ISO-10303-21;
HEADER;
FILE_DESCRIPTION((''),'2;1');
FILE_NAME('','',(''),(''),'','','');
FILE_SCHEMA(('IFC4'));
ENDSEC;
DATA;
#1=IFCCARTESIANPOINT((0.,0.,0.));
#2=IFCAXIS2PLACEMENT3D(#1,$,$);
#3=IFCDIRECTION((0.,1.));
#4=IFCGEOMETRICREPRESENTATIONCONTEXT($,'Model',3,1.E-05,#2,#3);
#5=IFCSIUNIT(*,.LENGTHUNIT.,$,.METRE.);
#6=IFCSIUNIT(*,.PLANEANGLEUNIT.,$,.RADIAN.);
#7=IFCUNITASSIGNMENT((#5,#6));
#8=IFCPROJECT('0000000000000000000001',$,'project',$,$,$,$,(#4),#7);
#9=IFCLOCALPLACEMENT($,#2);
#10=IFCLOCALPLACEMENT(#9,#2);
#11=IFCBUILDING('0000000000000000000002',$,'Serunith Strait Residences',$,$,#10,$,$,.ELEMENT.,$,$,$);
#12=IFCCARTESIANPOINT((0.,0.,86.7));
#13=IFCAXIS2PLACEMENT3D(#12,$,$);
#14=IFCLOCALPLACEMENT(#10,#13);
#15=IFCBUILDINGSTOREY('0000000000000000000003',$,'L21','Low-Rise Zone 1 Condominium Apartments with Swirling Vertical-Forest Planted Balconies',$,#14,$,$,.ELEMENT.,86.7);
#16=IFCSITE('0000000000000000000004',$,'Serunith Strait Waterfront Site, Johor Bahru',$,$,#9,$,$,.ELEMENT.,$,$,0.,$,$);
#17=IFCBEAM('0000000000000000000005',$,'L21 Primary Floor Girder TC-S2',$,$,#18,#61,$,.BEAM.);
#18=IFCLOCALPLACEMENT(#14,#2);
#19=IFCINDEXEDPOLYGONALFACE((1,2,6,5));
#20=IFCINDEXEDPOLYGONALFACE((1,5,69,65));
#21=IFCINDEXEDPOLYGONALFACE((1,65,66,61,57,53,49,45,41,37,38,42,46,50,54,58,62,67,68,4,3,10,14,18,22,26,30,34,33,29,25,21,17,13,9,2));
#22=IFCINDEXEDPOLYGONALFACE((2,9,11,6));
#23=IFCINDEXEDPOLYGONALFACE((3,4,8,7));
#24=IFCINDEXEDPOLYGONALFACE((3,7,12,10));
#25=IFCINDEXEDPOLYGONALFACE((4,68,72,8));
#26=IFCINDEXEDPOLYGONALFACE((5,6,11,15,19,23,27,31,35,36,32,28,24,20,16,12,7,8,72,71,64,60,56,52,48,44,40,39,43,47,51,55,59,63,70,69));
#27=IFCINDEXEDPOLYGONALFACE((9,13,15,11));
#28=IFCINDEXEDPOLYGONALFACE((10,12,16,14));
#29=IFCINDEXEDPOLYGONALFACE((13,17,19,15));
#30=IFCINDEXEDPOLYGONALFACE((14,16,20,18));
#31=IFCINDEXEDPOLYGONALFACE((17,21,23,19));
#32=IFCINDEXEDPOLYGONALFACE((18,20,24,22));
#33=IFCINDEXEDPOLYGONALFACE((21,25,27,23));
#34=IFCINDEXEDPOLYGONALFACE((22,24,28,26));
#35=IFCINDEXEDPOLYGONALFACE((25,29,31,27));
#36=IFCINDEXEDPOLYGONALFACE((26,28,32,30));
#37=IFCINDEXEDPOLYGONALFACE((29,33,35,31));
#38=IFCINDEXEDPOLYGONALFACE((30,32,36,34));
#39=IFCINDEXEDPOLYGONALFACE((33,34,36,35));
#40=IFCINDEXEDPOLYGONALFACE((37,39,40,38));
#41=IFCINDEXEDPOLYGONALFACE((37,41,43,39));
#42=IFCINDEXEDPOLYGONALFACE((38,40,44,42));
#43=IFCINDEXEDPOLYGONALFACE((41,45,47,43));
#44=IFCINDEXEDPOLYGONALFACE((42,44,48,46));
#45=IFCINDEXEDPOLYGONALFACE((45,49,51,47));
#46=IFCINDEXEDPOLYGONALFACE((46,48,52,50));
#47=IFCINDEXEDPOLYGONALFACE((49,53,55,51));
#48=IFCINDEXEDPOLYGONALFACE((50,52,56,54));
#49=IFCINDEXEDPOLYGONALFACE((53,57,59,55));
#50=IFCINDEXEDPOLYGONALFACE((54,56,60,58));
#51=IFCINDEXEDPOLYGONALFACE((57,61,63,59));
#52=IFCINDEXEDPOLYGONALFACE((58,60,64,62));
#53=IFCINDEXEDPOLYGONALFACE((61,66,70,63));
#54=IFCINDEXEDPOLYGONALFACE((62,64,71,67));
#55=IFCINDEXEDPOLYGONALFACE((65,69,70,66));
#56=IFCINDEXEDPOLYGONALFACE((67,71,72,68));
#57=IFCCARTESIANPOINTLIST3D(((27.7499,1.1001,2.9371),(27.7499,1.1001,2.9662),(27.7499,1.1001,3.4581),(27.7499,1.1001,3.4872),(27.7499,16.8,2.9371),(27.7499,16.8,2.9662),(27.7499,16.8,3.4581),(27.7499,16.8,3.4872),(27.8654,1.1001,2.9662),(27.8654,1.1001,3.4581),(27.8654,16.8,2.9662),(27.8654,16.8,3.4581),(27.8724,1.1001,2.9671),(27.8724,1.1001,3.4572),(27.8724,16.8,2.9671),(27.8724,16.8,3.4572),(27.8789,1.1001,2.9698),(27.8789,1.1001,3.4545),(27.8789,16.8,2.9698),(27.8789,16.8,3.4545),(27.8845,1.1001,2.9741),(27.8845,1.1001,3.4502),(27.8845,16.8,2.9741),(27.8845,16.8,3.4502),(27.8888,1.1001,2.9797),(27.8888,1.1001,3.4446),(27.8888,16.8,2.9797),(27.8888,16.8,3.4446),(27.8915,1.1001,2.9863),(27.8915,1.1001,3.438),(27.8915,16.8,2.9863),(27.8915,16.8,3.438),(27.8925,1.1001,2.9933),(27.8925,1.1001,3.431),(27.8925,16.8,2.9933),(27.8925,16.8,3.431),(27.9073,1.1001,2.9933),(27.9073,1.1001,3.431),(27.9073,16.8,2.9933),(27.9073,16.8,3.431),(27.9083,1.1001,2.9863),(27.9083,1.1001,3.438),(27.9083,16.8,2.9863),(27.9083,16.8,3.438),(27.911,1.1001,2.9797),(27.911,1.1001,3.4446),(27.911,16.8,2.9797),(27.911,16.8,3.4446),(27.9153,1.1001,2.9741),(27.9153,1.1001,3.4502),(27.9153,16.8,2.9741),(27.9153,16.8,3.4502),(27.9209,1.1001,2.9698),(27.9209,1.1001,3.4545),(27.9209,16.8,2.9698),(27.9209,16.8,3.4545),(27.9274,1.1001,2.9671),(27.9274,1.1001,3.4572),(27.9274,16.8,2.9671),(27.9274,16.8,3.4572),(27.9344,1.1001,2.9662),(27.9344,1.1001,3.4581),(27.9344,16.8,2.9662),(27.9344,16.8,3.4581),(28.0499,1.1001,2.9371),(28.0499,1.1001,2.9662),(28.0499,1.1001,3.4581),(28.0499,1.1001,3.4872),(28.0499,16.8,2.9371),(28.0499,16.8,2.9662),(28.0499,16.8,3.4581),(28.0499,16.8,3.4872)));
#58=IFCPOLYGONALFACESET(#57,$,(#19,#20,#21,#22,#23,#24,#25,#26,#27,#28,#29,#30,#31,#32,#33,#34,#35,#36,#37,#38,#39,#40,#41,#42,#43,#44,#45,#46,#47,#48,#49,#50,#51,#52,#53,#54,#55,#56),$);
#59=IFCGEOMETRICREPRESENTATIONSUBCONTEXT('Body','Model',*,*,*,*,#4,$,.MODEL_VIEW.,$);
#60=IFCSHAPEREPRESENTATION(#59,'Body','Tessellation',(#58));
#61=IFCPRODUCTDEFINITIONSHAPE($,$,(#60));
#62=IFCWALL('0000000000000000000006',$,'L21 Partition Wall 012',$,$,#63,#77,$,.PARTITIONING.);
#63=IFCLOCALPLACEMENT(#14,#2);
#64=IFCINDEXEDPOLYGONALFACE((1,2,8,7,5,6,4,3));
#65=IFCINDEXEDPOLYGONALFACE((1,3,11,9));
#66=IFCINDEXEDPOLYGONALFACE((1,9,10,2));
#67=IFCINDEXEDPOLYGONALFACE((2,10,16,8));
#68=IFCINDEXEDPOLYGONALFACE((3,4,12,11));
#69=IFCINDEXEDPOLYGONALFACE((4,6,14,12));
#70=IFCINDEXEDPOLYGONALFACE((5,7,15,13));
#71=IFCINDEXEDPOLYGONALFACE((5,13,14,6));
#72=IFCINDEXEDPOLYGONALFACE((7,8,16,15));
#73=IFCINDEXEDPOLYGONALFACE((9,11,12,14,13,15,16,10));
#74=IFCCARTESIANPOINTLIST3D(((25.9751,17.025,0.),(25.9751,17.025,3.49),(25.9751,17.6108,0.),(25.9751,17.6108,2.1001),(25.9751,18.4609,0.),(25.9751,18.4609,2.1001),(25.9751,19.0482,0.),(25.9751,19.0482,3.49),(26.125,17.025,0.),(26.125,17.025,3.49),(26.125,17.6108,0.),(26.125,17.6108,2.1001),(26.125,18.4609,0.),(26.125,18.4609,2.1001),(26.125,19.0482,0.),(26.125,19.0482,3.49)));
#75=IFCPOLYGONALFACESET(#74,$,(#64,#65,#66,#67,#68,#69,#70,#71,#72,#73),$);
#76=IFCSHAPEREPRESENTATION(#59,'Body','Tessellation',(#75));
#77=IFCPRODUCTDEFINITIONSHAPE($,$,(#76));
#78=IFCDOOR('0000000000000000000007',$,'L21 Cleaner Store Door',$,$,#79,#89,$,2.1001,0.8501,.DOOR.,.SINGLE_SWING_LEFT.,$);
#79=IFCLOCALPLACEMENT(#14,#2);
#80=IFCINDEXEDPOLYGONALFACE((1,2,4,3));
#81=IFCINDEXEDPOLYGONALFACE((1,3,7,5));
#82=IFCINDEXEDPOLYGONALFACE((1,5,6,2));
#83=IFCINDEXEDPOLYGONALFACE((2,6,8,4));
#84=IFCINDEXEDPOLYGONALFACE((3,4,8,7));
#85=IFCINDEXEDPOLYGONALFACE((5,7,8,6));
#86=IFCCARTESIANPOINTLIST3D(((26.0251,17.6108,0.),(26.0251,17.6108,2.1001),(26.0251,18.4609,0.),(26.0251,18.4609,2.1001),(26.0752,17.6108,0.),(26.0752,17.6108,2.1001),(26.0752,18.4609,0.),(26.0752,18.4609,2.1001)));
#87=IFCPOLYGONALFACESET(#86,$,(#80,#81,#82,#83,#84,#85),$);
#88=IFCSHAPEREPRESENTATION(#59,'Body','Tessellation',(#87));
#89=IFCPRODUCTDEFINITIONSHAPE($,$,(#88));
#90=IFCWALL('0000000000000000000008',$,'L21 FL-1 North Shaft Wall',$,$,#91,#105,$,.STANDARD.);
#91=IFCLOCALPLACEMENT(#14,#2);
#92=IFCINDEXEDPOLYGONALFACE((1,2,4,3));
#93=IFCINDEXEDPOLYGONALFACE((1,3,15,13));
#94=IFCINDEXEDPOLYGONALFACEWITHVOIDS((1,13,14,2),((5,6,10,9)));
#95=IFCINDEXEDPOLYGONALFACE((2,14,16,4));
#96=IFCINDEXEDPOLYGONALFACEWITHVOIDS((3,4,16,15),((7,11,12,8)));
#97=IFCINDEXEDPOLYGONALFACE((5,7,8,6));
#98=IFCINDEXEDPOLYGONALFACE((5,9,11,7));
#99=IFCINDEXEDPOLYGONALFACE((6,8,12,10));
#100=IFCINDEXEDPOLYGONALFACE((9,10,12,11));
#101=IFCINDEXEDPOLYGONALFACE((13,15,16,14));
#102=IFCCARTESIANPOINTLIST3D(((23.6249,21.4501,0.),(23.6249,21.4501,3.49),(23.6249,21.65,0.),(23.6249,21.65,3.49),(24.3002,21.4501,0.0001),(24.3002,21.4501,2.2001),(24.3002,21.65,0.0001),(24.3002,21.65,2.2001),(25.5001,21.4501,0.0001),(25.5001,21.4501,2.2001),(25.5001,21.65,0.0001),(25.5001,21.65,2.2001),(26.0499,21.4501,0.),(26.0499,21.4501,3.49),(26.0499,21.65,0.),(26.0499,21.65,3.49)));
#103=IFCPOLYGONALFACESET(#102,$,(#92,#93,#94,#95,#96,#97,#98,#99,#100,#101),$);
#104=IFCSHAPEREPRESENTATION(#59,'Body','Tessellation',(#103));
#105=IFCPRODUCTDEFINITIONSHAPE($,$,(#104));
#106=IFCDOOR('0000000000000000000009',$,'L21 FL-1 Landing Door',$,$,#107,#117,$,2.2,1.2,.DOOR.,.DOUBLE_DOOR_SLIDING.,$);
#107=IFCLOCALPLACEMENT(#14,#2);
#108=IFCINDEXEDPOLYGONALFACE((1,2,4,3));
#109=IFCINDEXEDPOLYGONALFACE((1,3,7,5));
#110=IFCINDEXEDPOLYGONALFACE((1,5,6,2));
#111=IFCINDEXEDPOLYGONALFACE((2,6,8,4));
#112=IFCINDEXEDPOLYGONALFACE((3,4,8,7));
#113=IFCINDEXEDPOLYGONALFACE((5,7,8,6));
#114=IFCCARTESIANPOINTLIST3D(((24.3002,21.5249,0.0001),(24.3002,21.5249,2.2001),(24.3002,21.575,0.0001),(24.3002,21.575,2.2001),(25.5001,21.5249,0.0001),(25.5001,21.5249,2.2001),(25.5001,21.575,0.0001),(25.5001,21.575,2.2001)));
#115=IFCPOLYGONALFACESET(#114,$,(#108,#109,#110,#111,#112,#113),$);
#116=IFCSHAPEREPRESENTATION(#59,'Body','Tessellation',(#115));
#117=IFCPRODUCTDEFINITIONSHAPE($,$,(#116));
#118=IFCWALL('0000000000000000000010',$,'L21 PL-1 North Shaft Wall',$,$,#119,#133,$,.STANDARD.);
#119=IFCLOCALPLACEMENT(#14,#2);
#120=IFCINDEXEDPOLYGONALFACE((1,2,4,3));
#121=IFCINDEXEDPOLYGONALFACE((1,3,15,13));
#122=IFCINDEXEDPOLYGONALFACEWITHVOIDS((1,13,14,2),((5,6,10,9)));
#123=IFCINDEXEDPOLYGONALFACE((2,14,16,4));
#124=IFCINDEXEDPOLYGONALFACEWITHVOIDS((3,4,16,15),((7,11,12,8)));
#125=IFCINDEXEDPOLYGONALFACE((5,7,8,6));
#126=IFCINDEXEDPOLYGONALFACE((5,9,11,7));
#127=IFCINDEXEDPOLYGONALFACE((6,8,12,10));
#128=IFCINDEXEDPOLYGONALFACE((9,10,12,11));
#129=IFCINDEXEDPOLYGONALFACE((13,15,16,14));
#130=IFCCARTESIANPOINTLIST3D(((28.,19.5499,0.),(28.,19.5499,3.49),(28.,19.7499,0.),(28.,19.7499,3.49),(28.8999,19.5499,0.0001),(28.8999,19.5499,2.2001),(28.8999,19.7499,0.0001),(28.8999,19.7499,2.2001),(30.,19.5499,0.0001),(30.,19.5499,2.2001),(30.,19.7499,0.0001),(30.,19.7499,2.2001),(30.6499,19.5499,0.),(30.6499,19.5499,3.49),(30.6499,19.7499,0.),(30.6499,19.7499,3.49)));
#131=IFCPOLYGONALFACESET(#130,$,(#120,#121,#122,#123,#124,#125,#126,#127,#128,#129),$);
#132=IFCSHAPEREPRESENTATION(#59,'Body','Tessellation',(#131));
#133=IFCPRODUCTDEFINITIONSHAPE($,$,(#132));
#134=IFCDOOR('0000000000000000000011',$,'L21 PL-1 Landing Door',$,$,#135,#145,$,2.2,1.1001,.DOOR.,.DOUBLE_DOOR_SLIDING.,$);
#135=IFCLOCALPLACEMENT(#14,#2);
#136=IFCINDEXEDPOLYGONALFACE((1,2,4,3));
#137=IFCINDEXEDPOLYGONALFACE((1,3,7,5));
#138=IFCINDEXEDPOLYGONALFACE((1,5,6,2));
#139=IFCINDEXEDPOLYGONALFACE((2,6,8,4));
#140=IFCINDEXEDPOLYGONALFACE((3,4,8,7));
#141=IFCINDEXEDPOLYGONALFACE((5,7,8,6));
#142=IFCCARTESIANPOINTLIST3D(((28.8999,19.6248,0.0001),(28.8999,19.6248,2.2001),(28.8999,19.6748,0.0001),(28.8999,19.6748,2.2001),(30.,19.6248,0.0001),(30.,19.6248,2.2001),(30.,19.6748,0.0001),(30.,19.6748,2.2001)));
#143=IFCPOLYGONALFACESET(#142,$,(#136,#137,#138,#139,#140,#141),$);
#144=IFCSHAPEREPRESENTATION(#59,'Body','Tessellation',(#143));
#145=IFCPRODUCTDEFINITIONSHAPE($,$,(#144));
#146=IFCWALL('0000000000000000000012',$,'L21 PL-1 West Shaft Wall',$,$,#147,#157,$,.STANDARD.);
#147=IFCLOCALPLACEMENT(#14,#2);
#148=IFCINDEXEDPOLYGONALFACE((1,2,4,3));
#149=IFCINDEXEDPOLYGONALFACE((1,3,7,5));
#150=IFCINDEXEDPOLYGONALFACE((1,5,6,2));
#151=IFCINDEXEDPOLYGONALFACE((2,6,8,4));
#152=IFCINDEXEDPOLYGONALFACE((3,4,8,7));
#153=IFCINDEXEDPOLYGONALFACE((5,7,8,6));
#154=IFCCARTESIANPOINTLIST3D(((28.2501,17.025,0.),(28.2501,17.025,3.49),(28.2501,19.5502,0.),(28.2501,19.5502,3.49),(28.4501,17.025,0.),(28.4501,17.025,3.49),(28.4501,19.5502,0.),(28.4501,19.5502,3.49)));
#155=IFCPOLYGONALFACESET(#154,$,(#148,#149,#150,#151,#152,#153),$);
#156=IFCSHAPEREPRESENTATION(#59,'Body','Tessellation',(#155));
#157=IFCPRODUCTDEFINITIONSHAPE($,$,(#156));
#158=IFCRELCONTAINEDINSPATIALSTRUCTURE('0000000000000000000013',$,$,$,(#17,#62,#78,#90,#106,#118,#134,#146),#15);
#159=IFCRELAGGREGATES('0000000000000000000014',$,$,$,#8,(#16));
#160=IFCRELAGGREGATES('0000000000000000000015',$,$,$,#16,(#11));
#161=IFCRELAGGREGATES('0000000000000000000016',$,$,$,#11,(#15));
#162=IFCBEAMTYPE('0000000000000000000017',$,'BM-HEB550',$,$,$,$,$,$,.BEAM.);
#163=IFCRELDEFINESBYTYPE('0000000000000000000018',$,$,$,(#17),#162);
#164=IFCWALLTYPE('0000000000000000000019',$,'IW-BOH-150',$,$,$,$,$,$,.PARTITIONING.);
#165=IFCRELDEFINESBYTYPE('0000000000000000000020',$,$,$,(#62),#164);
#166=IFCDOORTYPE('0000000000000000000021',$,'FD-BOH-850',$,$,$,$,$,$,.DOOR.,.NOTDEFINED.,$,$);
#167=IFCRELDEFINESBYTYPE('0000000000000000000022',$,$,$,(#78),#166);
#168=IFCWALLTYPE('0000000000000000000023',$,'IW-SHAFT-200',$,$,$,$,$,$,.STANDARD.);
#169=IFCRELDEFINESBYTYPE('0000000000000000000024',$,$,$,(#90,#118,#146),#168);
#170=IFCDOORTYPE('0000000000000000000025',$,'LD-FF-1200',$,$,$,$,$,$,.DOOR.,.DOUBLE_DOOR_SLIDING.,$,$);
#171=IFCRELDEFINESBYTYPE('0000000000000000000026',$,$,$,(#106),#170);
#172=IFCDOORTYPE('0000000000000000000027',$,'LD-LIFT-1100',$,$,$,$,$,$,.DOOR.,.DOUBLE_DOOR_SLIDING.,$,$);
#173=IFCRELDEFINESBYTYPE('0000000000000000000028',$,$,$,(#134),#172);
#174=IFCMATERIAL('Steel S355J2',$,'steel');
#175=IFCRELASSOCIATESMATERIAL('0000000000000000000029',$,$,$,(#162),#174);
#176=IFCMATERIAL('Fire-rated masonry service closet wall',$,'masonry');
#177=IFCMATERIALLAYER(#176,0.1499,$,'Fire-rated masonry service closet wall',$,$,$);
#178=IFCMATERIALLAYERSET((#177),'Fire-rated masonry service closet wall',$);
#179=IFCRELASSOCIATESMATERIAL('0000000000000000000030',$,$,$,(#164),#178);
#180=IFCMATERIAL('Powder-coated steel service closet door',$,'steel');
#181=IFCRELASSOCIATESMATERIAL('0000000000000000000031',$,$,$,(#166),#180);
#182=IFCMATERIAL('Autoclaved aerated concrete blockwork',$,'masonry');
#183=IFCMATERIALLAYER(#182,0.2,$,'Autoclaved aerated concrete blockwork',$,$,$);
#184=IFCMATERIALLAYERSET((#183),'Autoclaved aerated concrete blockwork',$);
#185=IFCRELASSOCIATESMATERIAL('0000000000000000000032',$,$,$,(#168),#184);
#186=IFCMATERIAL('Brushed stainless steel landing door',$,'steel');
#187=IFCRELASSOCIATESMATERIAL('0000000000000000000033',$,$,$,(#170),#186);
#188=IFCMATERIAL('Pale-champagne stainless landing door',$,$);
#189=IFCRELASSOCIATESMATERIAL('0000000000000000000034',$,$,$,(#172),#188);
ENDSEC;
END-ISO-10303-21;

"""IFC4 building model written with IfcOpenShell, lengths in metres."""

from ifc_helpers import new_model, si_unit, direction, frame, frame_2d, origin, origin_2d, place, context, subcontext, project, spatial, rectangle, i_section, extrude, source, transform, mapped, material, layer, layer_set, material_profile, profile_set, type_object, element, fill, save


model = new_model("IFC4")

# Units and contexts
model_context = context("Model", 3, precision=1e-05, world=origin(), true_north=direction((0.0, 1.0)))
body_context = subcontext(model_context, "Body", "Model", "MODEL_VIEW")
ifc_project = project(units=[si_unit("LENGTHUNIT", "METRE"), si_unit("PLANEANGLEUNIT", "RADIAN")], contexts=[model_context])

# Site, building, storey
site_placement = place(None, origin())
site = spatial("IfcSite", under=ifc_project, at=site_placement, Name="Serunith Strait Waterfront Site, Johor Bahru", CompositionType="ELEMENT", RefElevation=0.0)
building_placement = place(site_placement, origin())
building = spatial("IfcBuilding", under=site, at=building_placement, Name="Serunith Strait Residences", CompositionType="ELEMENT")
storey_placement = place(building_placement, frame((0.0, 0.0, 86.7)))
storey = spatial("IfcBuildingStorey", under=building, at=storey_placement, Name="L21", Description="Low-Rise Zone 1 Condominium Apartments with Swirling Vertical-Forest Planted Balconies", CompositionType="ELEMENT", Elevation=86.7)

# Beam
ifc_material_1 = material(Name="Steel S355J2", Category="steel")
ifc_material_profile = material_profile(ifc_material_1, i_section(OverallWidth=0.3, OverallDepth=0.55, WebThickness=0.0149, FlangeThickness=0.0291, FilletRadius=0.0271, at=origin_2d()), Name="HEB 550")
ifc_profile_set = profile_set([ifc_material_profile], Name="Steel S355J2")
beam_type = type_object("IfcBeamType", Name="BM-HEB550", PredefinedType="BEAM", material=ifc_profile_set)
shared_shape_1 = source(origin(), body_context, "Body", "SweptSolid", [
    extrude(i_section(OverallWidth=0.3, OverallDepth=0.55, WebThickness=0.0149, FlangeThickness=0.0291, FilletRadius=0.0271, at=origin_2d()), origin(), (0.0, 0.0, 1.0), 15.7),
])
beam_placement = place(storey_placement, frame((27.8999, 16.8, 3.2122), z_axis=(0.0, -1.0, 0.0), x_axis=(1.0, 0.0, 0.0)))
element("IfcBeam", 1, at=beam_placement, inside=storey, type_object=beam_type, Name="L21 Primary Floor Girder TC-S2", PredefinedType="BEAM", context=body_context, shape_type="MappedRepresentation", body=[
    mapped(shared_shape_1, transform((0.0, 0.0, 0.0), scale=1.0)),
])

# Walls, openings, doors
ifc_material_2 = material(Name="Fire-rated masonry service closet wall", Category="masonry")
ifc_layer_1 = layer(ifc_material_2, 0.1499, Name="Fire-rated masonry service closet wall")
ifc_layer_set_1 = layer_set([ifc_layer_1], Name="Fire-rated masonry service closet wall")
wall_type_1 = type_object("IfcWallType", Name="IW-BOH-150", PredefinedType="PARTITIONING", material=ifc_layer_set_1)
wall_1_placement = place(storey_placement, frame((26.05, 17.0249, 0.0), z_axis=(0.0, 0.0, 1.0), x_axis=(0.0, 1.0, 0.0)))
wall_1 = element("IfcWall", 2, at=wall_1_placement, inside=storey, type_object=wall_type_1, Name="L21 Partition Wall 012", PredefinedType="PARTITIONING", context=body_context, shape_type="SweptSolid", body=[
    extrude(rectangle(XDim=2.0232, YDim=0.1499, at=frame_2d((1.0117, 0.0))), origin(), (0.0, 0.0, 1.0), 3.49),
])
opening_1_placement = place(wall_1_placement, frame((0.5859, 0.0, 0.0)))
opening_1 = element("IfcOpeningElement", 3, at=opening_1_placement, cuts=wall_1, PredefinedType="OPENING", context=body_context, shape_type="SweptSolid", body=[
    extrude(rectangle(XDim=0.8501, YDim=2.1001, at=frame_2d((0.425, 1.05))), frame((0.0, 0.085, 0.0), z_axis=(0.0, -1.0, 0.0), x_axis=(1.0, 0.0, 0.0)), (0.0, 0.0, 1.0), 0.1699),
])
ifc_material_3 = material(Name="Powder-coated steel service closet door", Category="steel")
door_type_1 = type_object("IfcDoorType", Name="FD-BOH-850", OperationType="NOTDEFINED", PredefinedType="DOOR", material=ifc_material_3)
shared_shape_2 = source(origin(), body_context, "Body", "SweptSolid", [
    extrude(rectangle(XDim=0.8501, YDim=2.1001, at=frame_2d((0.425, 1.05))), frame((0.0, 0.0249, 0.0), z_axis=(0.0, -1.0, 0.0), x_axis=(1.0, 0.0, 0.0)), (0.0, 0.0, 1.0), 0.05),
])
door_1_placement = place(opening_1_placement, origin())
door_1 = element("IfcDoor", 4, at=door_1_placement, inside=storey, type_object=door_type_1, Name="L21 Cleaner Store Door", OperationType="SINGLE_SWING_LEFT", OverallHeight=2.1001, OverallWidth=0.8501, PredefinedType="DOOR", context=body_context, shape_type="MappedRepresentation", body=[
    mapped(shared_shape_2, transform((0.0, 0.0, 0.0), scale=1.0)),
])
fill(opening_1, door_1)
ifc_material_4 = material(Name="Autoclaved aerated concrete blockwork", Category="masonry")
ifc_layer_2 = layer(ifc_material_4, 0.2, Name="Autoclaved aerated concrete blockwork")
ifc_layer_set_2 = layer_set([ifc_layer_2], Name="Autoclaved aerated concrete blockwork")
wall_type_2 = type_object("IfcWallType", Name="IW-SHAFT-200", PredefinedType="STANDARD", material=ifc_layer_set_2)
wall_2_placement = place(storey_placement, frame((23.625, 21.55, 0.0), z_axis=(0.0, 0.0, 1.0), x_axis=(1.0, 0.0, 0.0)))
wall_2 = element("IfcWall", 5, at=wall_2_placement, inside=storey, type_object=wall_type_2, Name="L21 FL-1 North Shaft Wall", PredefinedType="STANDARD", context=body_context, shape_type="SweptSolid", body=[
    extrude(rectangle(XDim=2.425, YDim=0.2, at=frame_2d((1.2124, 0.0))), origin(), (0.0, 0.0, 1.0), 3.49),
])
opening_2_placement = place(wall_2_placement, frame((0.675, 0.0, 0.0)))
opening_2 = element("IfcOpeningElement", 6, at=opening_2_placement, cuts=wall_2, PredefinedType="OPENING", context=body_context, shape_type="SweptSolid", body=[
    extrude(rectangle(XDim=1.2, YDim=2.2, at=frame_2d((0.6001, 1.1001))), frame((0.0, 0.1099, 0.0), z_axis=(0.0, -1.0, 0.0), x_axis=(1.0, 0.0, 0.0)), (0.0, 0.0, 1.0), 0.22),
])
ifc_material_5 = material(Name="Brushed stainless steel landing door", Category="steel")
door_type_2 = type_object("IfcDoorType", Name="LD-FF-1200", OperationType="DOUBLE_DOOR_SLIDING", PredefinedType="DOOR", material=ifc_material_5)
shared_shape_3 = source(origin(), body_context, "Body", "SweptSolid", [
    extrude(rectangle(XDim=1.2, YDim=2.2, at=frame_2d((0.6001, 1.1001))), frame((0.0, 0.0249, 0.0), z_axis=(0.0, -1.0, 0.0), x_axis=(1.0, 0.0, 0.0)), (0.0, 0.0, 1.0), 0.05),
])
door_2_placement = place(opening_2_placement, origin())
door_2 = element("IfcDoor", 7, at=door_2_placement, inside=storey, type_object=door_type_2, Name="L21 FL-1 Landing Door", OperationType="DOUBLE_DOOR_SLIDING", OverallHeight=2.2, OverallWidth=1.2, PredefinedType="DOOR", context=body_context, shape_type="MappedRepresentation", body=[
    mapped(shared_shape_3, transform((0.0, 0.0, 0.0), scale=1.0)),
])
fill(opening_2, door_2)
wall_3_placement = place(storey_placement, frame((28.0, 19.6499, 0.0), z_axis=(0.0, 0.0, 1.0), x_axis=(1.0, 0.0, 0.0)))
wall_3 = element("IfcWall", 8, at=wall_3_placement, inside=storey, type_object=wall_type_2, Name="L21 PL-1 North Shaft Wall", PredefinedType="STANDARD", context=body_context, shape_type="SweptSolid", body=[
    extrude(rectangle(XDim=2.6499, YDim=0.2, at=frame_2d((1.325, 0.0))), origin(), (0.0, 0.0, 1.0), 3.49),
])
opening_3_placement = place(wall_3_placement, frame((0.8999, 0.0, 0.0)))
opening_3 = element("IfcOpeningElement", 9, at=opening_3_placement, cuts=wall_3, PredefinedType="OPENING", context=body_context, shape_type="SweptSolid", body=[
    extrude(rectangle(XDim=1.1001, YDim=2.2, at=frame_2d((0.55, 1.1001))), frame((0.0, 0.1099, 0.0), z_axis=(0.0, -1.0, 0.0), x_axis=(1.0, 0.0, 0.0)), (0.0, 0.0, 1.0), 0.22),
])
ifc_material_6 = material(Name="Pale-champagne stainless landing door")
door_type_3 = type_object("IfcDoorType", Name="LD-LIFT-1100", OperationType="DOUBLE_DOOR_SLIDING", PredefinedType="DOOR", material=ifc_material_6)
shared_shape_4 = source(origin(), body_context, "Body", "SweptSolid", [
    extrude(rectangle(XDim=1.1001, YDim=2.2, at=frame_2d((0.55, 1.1001))), frame((0.0, 0.0249, 0.0), z_axis=(0.0, -1.0, 0.0), x_axis=(1.0, 0.0, 0.0)), (0.0, 0.0, 1.0), 0.05),
])
door_3_placement = place(opening_3_placement, origin())
door_3 = element("IfcDoor", 10, at=door_3_placement, inside=storey, type_object=door_type_3, Name="L21 PL-1 Landing Door", OperationType="DOUBLE_DOOR_SLIDING", OverallHeight=2.2, OverallWidth=1.1001, PredefinedType="DOOR", context=body_context, shape_type="MappedRepresentation", body=[
    mapped(shared_shape_4, transform((0.0, 0.0, 0.0), scale=1.0)),
])
fill(opening_3, door_3)

# Wall
wall_4_placement = place(storey_placement, frame((28.3501, 17.0249, 0.0), z_axis=(0.0, 0.0, 1.0), x_axis=(0.0, 1.0, 0.0)))
element("IfcWall", 11, at=wall_4_placement, inside=storey, type_object=wall_type_2, Name="L21 PL-1 West Shaft Wall", PredefinedType="STANDARD", context=body_context, shape_type="SweptSolid", body=[
    extrude(rectangle(XDim=2.5251, YDim=0.2, at=frame_2d((1.2627, 0.0))), origin(), (0.0, 0.0, 1.0), 3.49),
])

save(model, "model.ifc")
